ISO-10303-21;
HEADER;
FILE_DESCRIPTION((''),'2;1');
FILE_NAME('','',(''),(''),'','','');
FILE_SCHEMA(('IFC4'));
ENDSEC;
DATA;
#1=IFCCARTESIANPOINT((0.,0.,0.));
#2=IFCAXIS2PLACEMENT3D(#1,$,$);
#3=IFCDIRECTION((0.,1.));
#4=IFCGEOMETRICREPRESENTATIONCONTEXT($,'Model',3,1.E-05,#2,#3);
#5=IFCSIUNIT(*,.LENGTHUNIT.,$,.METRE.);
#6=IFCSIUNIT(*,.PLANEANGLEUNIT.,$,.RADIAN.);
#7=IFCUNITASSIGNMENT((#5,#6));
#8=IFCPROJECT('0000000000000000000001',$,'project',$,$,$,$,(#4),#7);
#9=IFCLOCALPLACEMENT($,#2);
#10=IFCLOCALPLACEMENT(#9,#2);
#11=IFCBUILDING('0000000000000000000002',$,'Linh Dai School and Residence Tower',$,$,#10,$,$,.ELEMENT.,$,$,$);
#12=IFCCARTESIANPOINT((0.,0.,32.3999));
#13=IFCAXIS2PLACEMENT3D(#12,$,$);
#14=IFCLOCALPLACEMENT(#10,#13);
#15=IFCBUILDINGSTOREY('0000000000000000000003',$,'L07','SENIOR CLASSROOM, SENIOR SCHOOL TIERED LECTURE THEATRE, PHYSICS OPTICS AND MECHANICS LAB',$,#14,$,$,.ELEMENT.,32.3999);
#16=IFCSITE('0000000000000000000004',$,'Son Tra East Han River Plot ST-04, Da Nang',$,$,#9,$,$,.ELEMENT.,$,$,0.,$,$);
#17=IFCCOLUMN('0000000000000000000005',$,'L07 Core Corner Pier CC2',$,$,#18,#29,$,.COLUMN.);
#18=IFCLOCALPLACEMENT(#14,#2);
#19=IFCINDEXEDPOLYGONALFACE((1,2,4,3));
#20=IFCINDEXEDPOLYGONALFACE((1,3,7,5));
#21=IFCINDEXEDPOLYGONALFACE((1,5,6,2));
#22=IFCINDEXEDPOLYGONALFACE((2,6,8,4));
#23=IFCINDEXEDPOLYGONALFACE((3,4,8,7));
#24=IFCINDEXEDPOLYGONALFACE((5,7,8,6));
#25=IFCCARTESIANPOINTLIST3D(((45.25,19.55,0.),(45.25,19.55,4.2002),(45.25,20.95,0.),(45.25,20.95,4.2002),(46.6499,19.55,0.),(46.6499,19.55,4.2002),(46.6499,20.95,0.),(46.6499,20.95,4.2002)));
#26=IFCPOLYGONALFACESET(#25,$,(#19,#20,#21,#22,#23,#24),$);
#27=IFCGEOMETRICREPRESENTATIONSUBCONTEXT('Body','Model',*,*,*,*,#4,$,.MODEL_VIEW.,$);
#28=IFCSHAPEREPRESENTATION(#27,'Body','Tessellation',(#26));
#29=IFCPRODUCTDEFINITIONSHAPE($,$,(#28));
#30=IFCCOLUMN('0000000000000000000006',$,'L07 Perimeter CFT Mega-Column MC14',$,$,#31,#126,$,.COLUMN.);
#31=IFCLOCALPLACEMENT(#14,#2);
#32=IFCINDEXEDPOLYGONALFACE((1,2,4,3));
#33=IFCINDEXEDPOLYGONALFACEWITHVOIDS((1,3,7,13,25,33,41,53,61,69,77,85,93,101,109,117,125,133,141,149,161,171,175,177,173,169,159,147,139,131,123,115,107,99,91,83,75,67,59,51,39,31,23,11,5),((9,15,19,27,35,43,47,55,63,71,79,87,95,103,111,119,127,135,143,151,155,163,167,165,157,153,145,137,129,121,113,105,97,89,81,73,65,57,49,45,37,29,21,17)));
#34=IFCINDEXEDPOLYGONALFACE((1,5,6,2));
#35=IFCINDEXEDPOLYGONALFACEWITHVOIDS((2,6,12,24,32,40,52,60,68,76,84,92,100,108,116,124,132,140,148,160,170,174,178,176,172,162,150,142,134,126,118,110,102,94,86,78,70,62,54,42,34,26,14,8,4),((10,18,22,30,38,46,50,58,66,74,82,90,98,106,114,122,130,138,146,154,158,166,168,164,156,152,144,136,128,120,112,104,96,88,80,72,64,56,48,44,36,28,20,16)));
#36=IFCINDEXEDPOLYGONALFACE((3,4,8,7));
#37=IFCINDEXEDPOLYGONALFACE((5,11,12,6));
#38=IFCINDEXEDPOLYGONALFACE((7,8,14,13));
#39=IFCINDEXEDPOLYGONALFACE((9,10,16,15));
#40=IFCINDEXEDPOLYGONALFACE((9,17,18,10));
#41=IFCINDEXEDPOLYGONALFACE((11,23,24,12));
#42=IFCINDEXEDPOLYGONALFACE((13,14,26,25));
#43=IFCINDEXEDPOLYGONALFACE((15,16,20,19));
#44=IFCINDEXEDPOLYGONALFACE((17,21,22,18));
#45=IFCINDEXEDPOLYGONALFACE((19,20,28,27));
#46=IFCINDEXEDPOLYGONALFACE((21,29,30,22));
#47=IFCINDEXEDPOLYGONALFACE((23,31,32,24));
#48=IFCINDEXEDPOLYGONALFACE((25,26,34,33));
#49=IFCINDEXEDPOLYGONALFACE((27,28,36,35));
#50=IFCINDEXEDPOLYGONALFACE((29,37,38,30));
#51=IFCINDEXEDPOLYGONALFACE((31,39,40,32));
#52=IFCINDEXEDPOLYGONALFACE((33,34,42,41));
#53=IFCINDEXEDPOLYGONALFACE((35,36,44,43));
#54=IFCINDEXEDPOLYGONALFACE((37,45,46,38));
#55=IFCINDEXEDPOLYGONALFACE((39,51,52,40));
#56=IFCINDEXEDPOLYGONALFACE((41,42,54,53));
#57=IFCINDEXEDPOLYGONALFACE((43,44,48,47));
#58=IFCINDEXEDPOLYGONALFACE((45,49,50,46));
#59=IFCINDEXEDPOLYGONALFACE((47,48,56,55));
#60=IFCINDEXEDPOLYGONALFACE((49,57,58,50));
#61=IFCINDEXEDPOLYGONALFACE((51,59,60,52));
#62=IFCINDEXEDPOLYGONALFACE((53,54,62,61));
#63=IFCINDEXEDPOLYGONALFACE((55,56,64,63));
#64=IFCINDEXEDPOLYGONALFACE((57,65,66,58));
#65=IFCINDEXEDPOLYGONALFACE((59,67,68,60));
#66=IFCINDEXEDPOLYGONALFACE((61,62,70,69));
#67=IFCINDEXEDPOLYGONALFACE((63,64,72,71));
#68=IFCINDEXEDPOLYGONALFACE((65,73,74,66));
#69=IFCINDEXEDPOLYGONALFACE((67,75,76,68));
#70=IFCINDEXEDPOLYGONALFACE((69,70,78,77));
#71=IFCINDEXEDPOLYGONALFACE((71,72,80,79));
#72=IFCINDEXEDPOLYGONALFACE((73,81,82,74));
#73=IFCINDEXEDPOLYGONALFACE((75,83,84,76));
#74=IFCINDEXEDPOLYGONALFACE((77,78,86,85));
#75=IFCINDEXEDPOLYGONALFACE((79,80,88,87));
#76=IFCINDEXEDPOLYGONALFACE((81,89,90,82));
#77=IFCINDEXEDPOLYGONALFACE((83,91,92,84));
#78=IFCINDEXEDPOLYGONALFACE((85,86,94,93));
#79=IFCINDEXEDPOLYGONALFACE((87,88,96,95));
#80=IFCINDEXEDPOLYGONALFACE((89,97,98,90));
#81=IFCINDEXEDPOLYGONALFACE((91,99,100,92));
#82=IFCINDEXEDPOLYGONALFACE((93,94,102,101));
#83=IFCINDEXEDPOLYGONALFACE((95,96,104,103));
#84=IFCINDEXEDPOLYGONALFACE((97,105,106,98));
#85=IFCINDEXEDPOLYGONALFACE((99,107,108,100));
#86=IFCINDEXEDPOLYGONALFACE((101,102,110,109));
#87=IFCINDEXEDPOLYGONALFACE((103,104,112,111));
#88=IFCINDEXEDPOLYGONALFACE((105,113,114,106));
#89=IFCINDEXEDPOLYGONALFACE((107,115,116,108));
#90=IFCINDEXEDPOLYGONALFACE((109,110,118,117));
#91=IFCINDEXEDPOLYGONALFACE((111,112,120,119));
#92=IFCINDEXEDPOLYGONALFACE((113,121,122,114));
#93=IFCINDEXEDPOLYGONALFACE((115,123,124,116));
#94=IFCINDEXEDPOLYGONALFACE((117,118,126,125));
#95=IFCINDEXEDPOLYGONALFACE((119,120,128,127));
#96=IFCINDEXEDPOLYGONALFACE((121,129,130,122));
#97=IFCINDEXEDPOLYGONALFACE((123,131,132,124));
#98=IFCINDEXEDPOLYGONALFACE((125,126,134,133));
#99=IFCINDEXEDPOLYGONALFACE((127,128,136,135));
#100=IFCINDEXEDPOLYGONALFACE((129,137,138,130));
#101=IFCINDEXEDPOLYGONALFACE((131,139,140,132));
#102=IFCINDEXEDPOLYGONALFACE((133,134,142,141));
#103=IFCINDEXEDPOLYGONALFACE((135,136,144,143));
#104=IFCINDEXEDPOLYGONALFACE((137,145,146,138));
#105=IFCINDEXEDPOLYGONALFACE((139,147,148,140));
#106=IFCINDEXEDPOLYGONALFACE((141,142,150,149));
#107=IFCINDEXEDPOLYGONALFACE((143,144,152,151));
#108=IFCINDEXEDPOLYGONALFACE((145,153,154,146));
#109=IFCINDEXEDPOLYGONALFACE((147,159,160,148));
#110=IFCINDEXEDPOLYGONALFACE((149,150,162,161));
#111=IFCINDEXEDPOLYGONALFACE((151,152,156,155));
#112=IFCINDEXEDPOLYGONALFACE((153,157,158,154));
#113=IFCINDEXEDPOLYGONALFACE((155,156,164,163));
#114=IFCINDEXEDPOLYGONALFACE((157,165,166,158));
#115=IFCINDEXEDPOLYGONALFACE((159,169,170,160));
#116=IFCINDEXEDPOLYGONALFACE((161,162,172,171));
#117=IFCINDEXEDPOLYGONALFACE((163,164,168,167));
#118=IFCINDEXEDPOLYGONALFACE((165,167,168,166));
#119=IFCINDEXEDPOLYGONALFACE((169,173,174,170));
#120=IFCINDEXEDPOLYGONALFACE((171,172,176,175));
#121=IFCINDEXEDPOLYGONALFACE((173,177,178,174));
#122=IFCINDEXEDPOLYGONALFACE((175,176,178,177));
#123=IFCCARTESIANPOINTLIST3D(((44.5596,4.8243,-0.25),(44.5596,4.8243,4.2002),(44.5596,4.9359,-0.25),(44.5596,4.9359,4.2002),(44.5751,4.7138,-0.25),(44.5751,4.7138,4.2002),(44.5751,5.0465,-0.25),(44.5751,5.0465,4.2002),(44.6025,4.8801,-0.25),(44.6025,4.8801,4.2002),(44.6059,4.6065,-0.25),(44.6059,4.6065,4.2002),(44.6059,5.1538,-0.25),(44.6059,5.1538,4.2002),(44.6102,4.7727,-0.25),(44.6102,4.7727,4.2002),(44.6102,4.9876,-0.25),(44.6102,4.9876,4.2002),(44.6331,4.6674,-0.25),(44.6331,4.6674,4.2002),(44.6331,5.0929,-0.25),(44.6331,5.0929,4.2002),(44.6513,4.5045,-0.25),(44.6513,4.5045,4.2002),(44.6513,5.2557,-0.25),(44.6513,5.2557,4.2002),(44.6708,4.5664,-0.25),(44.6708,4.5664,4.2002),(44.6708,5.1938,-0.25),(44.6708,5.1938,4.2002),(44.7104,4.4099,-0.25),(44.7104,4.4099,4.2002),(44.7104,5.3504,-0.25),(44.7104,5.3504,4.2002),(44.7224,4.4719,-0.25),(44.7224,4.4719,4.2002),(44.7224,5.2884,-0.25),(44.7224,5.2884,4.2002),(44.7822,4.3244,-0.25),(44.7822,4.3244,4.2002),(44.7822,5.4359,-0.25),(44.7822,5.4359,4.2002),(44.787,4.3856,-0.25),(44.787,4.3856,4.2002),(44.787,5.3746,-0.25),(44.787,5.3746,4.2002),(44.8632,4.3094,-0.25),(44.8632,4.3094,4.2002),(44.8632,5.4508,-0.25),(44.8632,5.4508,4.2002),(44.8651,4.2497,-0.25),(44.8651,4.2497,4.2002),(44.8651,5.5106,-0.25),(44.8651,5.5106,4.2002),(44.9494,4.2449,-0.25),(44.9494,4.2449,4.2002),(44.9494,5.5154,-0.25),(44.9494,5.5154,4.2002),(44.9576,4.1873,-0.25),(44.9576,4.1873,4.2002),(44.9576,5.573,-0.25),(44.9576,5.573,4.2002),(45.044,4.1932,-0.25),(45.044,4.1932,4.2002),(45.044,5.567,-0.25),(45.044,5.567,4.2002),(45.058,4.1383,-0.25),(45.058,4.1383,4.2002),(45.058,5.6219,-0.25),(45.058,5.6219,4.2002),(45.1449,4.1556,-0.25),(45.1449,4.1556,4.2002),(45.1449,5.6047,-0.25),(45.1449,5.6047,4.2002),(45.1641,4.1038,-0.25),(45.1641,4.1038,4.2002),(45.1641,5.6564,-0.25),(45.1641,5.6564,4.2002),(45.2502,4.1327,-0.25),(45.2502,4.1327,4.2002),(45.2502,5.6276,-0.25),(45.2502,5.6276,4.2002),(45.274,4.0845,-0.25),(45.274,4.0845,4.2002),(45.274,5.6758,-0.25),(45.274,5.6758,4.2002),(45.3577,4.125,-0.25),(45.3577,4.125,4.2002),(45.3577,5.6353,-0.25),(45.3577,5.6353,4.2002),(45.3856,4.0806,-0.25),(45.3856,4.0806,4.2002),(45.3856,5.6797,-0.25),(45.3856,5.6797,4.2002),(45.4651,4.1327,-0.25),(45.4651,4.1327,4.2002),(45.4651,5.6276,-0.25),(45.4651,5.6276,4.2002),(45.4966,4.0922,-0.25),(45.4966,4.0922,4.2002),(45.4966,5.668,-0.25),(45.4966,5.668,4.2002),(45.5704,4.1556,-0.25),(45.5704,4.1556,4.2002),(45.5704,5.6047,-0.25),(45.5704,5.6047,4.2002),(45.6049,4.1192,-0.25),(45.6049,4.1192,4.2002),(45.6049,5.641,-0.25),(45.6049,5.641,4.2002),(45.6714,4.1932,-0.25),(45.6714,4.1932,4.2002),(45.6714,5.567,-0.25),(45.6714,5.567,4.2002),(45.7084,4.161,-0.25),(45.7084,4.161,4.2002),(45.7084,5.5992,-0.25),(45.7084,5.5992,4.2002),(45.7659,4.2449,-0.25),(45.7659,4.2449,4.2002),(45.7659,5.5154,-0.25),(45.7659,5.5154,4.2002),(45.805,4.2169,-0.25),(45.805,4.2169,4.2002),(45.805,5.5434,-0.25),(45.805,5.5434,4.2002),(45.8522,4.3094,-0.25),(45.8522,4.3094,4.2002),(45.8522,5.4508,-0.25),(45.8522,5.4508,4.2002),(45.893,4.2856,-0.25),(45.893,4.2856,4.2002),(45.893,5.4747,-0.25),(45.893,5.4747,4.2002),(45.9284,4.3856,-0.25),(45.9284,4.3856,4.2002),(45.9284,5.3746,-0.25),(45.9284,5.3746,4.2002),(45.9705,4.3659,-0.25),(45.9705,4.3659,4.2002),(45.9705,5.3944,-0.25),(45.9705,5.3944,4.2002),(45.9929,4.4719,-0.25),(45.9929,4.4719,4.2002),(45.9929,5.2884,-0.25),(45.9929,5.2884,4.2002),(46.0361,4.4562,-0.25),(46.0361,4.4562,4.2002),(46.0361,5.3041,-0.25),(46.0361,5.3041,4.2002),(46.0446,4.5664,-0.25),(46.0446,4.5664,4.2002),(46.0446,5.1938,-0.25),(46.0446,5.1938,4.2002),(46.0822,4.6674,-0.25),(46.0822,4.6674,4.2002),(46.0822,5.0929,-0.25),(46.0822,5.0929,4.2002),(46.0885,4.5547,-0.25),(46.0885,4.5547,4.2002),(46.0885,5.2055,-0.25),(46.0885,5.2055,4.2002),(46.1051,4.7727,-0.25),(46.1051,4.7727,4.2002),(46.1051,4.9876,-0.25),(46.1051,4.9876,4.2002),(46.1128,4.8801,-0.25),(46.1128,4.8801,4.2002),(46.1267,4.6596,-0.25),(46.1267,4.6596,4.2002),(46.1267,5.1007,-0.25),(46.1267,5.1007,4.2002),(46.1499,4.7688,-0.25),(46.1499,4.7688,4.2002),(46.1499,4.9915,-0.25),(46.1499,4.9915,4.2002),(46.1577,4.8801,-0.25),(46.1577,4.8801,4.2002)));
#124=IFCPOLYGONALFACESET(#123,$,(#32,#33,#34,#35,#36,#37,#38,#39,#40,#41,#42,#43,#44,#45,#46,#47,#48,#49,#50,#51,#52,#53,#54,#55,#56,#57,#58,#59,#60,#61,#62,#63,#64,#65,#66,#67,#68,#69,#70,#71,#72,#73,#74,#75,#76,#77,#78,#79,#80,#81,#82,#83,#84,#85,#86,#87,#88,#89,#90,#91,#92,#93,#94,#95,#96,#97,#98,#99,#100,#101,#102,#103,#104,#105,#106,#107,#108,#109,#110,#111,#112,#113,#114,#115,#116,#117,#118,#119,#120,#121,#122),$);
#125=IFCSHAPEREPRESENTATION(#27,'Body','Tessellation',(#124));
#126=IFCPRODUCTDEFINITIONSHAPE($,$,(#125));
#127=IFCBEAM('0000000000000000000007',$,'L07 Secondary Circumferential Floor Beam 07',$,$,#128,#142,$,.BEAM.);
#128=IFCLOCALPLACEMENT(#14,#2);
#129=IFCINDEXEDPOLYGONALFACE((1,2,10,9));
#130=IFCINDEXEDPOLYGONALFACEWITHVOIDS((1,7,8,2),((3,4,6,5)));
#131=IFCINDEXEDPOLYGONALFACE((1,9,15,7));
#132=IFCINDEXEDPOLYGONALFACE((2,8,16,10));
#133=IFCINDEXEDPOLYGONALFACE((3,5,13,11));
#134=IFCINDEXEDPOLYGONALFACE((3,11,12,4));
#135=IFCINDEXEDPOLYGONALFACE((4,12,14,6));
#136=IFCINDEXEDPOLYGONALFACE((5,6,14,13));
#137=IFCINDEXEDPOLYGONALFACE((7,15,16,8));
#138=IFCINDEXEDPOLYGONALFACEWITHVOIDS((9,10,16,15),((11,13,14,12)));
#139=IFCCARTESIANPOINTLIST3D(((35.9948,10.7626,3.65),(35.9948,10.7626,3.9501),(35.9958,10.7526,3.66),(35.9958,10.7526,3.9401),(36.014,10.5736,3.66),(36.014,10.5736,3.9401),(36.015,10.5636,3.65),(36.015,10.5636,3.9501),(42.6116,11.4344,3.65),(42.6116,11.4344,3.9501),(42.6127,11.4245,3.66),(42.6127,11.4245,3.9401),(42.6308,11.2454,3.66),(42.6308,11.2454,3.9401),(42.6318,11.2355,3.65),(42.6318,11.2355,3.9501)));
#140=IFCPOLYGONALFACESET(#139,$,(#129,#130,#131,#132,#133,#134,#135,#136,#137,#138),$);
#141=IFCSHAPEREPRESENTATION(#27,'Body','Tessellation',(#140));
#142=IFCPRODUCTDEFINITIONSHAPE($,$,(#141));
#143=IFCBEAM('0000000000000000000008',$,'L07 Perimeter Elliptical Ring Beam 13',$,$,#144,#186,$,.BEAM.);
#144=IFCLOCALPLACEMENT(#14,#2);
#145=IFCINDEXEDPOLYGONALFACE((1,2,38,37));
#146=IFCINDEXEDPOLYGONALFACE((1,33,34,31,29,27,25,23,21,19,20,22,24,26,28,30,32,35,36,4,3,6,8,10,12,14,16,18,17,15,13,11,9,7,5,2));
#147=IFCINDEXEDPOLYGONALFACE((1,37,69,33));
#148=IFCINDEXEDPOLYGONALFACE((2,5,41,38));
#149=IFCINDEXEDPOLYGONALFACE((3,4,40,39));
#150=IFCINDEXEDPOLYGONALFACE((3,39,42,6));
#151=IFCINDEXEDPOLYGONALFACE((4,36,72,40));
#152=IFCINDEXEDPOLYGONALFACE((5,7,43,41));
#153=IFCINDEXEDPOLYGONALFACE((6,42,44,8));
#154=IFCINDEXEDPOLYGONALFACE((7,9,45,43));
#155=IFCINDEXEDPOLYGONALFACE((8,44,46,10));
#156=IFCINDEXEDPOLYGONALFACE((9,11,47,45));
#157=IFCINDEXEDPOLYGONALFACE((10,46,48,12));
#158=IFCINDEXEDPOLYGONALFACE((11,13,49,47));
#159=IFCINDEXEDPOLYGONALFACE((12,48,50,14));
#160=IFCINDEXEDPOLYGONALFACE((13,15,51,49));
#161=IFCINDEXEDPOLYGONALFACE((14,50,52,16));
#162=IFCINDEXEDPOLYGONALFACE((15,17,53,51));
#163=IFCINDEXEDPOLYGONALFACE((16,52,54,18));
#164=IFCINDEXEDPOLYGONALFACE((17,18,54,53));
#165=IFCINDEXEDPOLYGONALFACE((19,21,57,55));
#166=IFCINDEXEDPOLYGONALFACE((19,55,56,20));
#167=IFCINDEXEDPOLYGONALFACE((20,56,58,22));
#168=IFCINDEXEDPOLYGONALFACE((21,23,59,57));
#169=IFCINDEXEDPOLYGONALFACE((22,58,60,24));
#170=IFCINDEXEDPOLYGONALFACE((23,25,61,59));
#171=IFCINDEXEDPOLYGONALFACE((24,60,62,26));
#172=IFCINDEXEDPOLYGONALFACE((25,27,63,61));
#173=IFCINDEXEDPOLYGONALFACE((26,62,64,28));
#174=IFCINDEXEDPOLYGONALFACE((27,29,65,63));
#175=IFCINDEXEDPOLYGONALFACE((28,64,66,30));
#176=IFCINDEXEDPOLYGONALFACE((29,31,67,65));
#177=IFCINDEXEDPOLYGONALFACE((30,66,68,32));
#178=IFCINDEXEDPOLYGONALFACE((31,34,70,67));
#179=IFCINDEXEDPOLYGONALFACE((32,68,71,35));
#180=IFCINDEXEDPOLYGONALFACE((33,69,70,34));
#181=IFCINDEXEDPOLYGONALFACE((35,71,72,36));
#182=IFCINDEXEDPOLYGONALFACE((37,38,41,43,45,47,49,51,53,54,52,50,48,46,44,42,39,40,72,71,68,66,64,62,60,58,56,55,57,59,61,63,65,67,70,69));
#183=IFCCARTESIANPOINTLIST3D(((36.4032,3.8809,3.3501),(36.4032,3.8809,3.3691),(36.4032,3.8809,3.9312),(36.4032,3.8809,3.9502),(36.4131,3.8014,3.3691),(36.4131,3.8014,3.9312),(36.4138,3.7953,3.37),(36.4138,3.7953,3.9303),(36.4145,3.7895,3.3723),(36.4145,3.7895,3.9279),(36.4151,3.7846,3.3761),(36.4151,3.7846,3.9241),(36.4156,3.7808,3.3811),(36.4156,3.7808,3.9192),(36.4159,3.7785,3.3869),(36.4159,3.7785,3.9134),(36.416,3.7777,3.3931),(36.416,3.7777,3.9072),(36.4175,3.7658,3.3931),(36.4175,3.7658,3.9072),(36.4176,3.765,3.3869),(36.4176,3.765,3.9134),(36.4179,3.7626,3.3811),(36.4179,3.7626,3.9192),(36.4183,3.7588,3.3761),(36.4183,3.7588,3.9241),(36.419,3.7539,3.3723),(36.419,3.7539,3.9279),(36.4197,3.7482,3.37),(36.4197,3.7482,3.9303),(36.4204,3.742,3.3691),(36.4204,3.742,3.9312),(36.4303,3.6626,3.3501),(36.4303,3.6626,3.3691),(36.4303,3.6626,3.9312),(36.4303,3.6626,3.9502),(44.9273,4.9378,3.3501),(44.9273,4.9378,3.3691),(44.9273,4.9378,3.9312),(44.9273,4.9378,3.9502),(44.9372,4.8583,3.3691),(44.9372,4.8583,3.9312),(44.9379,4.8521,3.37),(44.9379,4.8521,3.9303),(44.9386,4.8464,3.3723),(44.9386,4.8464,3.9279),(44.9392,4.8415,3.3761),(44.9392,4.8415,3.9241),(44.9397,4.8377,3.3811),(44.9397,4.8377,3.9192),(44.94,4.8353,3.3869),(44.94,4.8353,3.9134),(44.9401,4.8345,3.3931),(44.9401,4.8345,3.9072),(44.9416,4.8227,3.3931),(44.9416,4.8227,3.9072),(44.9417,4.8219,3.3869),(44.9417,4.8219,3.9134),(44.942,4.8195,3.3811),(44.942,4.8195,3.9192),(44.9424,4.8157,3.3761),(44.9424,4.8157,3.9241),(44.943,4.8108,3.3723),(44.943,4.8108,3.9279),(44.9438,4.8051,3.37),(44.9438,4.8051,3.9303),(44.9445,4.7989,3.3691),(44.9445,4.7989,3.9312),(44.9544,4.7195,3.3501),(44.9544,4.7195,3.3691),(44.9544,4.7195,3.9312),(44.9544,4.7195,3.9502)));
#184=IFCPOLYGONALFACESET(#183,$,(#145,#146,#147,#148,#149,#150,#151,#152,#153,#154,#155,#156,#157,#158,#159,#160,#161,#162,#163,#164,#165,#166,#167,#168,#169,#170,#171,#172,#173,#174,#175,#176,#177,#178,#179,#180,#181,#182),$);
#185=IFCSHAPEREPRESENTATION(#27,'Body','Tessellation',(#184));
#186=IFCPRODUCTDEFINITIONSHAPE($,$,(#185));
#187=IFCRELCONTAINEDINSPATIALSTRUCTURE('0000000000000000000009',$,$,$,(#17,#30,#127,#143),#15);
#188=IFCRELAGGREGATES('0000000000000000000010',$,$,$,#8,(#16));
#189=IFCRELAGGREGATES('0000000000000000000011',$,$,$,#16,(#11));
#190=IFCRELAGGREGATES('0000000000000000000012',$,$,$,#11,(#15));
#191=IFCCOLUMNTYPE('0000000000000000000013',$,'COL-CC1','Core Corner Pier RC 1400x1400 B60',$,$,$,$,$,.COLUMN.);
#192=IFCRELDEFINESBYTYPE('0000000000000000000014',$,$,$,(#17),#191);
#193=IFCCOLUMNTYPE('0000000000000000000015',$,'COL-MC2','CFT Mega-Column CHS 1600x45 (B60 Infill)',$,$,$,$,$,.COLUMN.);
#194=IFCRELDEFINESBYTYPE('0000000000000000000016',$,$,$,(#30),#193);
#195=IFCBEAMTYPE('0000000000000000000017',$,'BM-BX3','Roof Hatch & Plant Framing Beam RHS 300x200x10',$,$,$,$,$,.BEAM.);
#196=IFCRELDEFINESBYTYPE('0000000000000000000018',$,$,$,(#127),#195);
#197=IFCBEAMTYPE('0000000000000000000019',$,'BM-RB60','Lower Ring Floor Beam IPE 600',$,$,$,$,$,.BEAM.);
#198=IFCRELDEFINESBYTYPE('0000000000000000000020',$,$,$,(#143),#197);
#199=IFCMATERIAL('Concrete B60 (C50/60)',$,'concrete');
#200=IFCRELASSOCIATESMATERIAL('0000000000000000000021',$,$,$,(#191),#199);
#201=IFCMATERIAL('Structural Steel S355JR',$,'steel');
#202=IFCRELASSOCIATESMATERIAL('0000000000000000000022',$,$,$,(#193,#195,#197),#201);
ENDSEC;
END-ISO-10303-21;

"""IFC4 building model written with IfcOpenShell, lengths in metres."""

from ifc_helpers import new_model, si_unit, direction, frame, origin, origin_2d, place, context, subcontext, project, spatial, rectangle, hollow_rectangle, hollow_circle, i_section, extrude, material, material_profile, profile_set, type_object, element, save


model = new_model("IFC4")

# Units and contexts
model_context = context("Model", 3, precision=1e-05, world=origin(), true_north=direction((0.0, 1.0)))
body_context = subcontext(model_context, "Body", "Model", "MODEL_VIEW")
ifc_project = project(units=[si_unit("LENGTHUNIT", "METRE"), si_unit("PLANEANGLEUNIT", "RADIAN")], contexts=[model_context])

# Site, building, storey
site_placement = place(None, origin())
site = spatial("IfcSite", under=ifc_project, at=site_placement, Name="Son Tra East Han River Plot ST-04, Da Nang", CompositionType="ELEMENT", RefElevation=0.0)
building_placement = place(site_placement, origin())
building = spatial("IfcBuilding", under=site, at=building_placement, Name="Linh Dai School and Residence Tower", CompositionType="ELEMENT")
storey_placement = place(building_placement, frame((0.0, 0.0, 32.3999)))
storey = spatial("IfcBuildingStorey", under=building, at=storey_placement, Name="L07", Description="SENIOR CLASSROOM, SENIOR SCHOOL TIERED LECTURE THEATRE, PHYSICS OPTICS AND MECHANICS LAB", CompositionType="ELEMENT", Elevation=32.3999)

# Columns
ifc_material_1 = material(Name="Concrete B60 (C50/60)", Category="concrete")
ifc_material_profile_1 = material_profile(ifc_material_1, rectangle(XDim=1.3999, YDim=1.3999, at=origin_2d()), Name="RC 1400x1400")
ifc_profile_set_1 = profile_set([ifc_material_profile_1], Name="Concrete B60 (C50/60)")
column_type_1 = type_object("IfcColumnType", Name="COL-CC1", Description="Core Corner Pier RC 1400x1400 B60", PredefinedType="COLUMN", material=ifc_profile_set_1)
column_1_placement = place(storey_placement, frame((45.95, 20.25, 0.0), z_axis=(0.0, 0.0, 1.0), x_axis=(1.0, 0.0, 0.0)))
element("IfcColumn", 1, at=column_1_placement, inside=storey, type_object=column_type_1, Name="L07 Core Corner Pier CC2", PredefinedType="COLUMN", context=body_context, shape_type="SweptSolid", body=[
    extrude(rectangle(XDim=1.3999, YDim=1.3999, at=origin_2d()), origin(), (0.0, 0.0, 1.0), 4.2002),
])
ifc_material_2 = material(Name="Structural Steel S355JR", Category="steel")
ifc_material_profile_2 = material_profile(ifc_material_2, hollow_circle(Radius=0.8, WallThickness=0.0449, at=origin_2d()), Name="CHS 1600x45")
ifc_profile_set_2 = profile_set([ifc_material_profile_2], Name="Structural Steel S355JR")
column_type_2 = type_object("IfcColumnType", Name="COL-MC2", Description="CFT Mega-Column CHS 1600x45 (B60 Infill)", PredefinedType="COLUMN", material=ifc_profile_set_2)
column_2_placement = place(storey_placement, frame((45.3577, 4.8801, -0.25), z_axis=(0.0, 0.0, 1.0), x_axis=(1.0, 0.0, 0.0)))
element("IfcColumn", 2, at=column_2_placement, inside=storey, type_object=column_type_2, Name="L07 Perimeter CFT Mega-Column MC14", PredefinedType="COLUMN", context=body_context, shape_type="SweptSolid", body=[
    extrude(hollow_circle(Radius=0.8, WallThickness=0.0449, at=origin_2d()), origin(), (0.0, 0.0, 1.0), 4.4502),
])

# Beams
ifc_material_profile_3 = material_profile(ifc_material_2, hollow_rectangle(XDim=0.2, YDim=0.3, WallThickness=0.01, at=origin_2d()), Name="RHS 300x200x10")
ifc_profile_set_3 = profile_set([ifc_material_profile_3], Name="Structural Steel S355JR")
beam_type_1 = type_object("IfcBeamType", Name="BM-BX3", Description="Roof Hatch & Plant Framing Beam RHS 300x200x10", PredefinedType="BEAM", material=ifc_profile_set_3)
beam_1_placement = place(storey_placement, frame((36.0049, 10.6631, 3.8), z_axis=(0.994884, 0.101019, 0.0), x_axis=(-0.101019, 0.994884, 0.0)))
element("IfcBeam", 3, at=beam_1_placement, inside=storey, type_object=beam_type_1, Name="L07 Secondary Circumferential Floor Beam 07", PredefinedType="BEAM", context=body_context, shape_type="SweptSolid", body=[
    extrude(hollow_rectangle(XDim=0.2, YDim=0.3, WallThickness=0.01, at=origin_2d()), origin(), (0.0, 0.0, 1.0), 6.6509),
])
ifc_material_profile_4 = material_profile(ifc_material_2, i_section(OverallWidth=0.22, OverallDepth=0.6001, WebThickness=0.012, FlangeThickness=0.019, FilletRadius=0.0239, at=origin_2d()), Name="IPE 600")
ifc_profile_set_4 = profile_set([ifc_material_profile_4], Name="Structural Steel S355JR")
beam_type_2 = type_object("IfcBeamType", Name="BM-RB60", Description="Lower Ring Floor Beam IPE 600", PredefinedType="BEAM", material=ifc_profile_set_4)
beam_2_placement = place(storey_placement, frame((36.4167, 3.7717, 3.6501), z_axis=(0.992401, 0.123045, 0.0), x_axis=(-0.123045, 0.992401, 0.0)))
element("IfcBeam", 4, at=beam_2_placement, inside=storey, type_object=beam_type_2, Name="L07 Perimeter Elliptical Ring Beam 13", PredefinedType="BEAM", context=body_context, shape_type="SweptSolid", body=[
    extrude(i_section(OverallWidth=0.22, OverallDepth=0.6001, WebThickness=0.012, FlangeThickness=0.019, FilletRadius=0.0239, at=origin_2d()), origin(), (0.0, 0.0, 1.0), 8.5894),
])

save(model, "model.ifc")
